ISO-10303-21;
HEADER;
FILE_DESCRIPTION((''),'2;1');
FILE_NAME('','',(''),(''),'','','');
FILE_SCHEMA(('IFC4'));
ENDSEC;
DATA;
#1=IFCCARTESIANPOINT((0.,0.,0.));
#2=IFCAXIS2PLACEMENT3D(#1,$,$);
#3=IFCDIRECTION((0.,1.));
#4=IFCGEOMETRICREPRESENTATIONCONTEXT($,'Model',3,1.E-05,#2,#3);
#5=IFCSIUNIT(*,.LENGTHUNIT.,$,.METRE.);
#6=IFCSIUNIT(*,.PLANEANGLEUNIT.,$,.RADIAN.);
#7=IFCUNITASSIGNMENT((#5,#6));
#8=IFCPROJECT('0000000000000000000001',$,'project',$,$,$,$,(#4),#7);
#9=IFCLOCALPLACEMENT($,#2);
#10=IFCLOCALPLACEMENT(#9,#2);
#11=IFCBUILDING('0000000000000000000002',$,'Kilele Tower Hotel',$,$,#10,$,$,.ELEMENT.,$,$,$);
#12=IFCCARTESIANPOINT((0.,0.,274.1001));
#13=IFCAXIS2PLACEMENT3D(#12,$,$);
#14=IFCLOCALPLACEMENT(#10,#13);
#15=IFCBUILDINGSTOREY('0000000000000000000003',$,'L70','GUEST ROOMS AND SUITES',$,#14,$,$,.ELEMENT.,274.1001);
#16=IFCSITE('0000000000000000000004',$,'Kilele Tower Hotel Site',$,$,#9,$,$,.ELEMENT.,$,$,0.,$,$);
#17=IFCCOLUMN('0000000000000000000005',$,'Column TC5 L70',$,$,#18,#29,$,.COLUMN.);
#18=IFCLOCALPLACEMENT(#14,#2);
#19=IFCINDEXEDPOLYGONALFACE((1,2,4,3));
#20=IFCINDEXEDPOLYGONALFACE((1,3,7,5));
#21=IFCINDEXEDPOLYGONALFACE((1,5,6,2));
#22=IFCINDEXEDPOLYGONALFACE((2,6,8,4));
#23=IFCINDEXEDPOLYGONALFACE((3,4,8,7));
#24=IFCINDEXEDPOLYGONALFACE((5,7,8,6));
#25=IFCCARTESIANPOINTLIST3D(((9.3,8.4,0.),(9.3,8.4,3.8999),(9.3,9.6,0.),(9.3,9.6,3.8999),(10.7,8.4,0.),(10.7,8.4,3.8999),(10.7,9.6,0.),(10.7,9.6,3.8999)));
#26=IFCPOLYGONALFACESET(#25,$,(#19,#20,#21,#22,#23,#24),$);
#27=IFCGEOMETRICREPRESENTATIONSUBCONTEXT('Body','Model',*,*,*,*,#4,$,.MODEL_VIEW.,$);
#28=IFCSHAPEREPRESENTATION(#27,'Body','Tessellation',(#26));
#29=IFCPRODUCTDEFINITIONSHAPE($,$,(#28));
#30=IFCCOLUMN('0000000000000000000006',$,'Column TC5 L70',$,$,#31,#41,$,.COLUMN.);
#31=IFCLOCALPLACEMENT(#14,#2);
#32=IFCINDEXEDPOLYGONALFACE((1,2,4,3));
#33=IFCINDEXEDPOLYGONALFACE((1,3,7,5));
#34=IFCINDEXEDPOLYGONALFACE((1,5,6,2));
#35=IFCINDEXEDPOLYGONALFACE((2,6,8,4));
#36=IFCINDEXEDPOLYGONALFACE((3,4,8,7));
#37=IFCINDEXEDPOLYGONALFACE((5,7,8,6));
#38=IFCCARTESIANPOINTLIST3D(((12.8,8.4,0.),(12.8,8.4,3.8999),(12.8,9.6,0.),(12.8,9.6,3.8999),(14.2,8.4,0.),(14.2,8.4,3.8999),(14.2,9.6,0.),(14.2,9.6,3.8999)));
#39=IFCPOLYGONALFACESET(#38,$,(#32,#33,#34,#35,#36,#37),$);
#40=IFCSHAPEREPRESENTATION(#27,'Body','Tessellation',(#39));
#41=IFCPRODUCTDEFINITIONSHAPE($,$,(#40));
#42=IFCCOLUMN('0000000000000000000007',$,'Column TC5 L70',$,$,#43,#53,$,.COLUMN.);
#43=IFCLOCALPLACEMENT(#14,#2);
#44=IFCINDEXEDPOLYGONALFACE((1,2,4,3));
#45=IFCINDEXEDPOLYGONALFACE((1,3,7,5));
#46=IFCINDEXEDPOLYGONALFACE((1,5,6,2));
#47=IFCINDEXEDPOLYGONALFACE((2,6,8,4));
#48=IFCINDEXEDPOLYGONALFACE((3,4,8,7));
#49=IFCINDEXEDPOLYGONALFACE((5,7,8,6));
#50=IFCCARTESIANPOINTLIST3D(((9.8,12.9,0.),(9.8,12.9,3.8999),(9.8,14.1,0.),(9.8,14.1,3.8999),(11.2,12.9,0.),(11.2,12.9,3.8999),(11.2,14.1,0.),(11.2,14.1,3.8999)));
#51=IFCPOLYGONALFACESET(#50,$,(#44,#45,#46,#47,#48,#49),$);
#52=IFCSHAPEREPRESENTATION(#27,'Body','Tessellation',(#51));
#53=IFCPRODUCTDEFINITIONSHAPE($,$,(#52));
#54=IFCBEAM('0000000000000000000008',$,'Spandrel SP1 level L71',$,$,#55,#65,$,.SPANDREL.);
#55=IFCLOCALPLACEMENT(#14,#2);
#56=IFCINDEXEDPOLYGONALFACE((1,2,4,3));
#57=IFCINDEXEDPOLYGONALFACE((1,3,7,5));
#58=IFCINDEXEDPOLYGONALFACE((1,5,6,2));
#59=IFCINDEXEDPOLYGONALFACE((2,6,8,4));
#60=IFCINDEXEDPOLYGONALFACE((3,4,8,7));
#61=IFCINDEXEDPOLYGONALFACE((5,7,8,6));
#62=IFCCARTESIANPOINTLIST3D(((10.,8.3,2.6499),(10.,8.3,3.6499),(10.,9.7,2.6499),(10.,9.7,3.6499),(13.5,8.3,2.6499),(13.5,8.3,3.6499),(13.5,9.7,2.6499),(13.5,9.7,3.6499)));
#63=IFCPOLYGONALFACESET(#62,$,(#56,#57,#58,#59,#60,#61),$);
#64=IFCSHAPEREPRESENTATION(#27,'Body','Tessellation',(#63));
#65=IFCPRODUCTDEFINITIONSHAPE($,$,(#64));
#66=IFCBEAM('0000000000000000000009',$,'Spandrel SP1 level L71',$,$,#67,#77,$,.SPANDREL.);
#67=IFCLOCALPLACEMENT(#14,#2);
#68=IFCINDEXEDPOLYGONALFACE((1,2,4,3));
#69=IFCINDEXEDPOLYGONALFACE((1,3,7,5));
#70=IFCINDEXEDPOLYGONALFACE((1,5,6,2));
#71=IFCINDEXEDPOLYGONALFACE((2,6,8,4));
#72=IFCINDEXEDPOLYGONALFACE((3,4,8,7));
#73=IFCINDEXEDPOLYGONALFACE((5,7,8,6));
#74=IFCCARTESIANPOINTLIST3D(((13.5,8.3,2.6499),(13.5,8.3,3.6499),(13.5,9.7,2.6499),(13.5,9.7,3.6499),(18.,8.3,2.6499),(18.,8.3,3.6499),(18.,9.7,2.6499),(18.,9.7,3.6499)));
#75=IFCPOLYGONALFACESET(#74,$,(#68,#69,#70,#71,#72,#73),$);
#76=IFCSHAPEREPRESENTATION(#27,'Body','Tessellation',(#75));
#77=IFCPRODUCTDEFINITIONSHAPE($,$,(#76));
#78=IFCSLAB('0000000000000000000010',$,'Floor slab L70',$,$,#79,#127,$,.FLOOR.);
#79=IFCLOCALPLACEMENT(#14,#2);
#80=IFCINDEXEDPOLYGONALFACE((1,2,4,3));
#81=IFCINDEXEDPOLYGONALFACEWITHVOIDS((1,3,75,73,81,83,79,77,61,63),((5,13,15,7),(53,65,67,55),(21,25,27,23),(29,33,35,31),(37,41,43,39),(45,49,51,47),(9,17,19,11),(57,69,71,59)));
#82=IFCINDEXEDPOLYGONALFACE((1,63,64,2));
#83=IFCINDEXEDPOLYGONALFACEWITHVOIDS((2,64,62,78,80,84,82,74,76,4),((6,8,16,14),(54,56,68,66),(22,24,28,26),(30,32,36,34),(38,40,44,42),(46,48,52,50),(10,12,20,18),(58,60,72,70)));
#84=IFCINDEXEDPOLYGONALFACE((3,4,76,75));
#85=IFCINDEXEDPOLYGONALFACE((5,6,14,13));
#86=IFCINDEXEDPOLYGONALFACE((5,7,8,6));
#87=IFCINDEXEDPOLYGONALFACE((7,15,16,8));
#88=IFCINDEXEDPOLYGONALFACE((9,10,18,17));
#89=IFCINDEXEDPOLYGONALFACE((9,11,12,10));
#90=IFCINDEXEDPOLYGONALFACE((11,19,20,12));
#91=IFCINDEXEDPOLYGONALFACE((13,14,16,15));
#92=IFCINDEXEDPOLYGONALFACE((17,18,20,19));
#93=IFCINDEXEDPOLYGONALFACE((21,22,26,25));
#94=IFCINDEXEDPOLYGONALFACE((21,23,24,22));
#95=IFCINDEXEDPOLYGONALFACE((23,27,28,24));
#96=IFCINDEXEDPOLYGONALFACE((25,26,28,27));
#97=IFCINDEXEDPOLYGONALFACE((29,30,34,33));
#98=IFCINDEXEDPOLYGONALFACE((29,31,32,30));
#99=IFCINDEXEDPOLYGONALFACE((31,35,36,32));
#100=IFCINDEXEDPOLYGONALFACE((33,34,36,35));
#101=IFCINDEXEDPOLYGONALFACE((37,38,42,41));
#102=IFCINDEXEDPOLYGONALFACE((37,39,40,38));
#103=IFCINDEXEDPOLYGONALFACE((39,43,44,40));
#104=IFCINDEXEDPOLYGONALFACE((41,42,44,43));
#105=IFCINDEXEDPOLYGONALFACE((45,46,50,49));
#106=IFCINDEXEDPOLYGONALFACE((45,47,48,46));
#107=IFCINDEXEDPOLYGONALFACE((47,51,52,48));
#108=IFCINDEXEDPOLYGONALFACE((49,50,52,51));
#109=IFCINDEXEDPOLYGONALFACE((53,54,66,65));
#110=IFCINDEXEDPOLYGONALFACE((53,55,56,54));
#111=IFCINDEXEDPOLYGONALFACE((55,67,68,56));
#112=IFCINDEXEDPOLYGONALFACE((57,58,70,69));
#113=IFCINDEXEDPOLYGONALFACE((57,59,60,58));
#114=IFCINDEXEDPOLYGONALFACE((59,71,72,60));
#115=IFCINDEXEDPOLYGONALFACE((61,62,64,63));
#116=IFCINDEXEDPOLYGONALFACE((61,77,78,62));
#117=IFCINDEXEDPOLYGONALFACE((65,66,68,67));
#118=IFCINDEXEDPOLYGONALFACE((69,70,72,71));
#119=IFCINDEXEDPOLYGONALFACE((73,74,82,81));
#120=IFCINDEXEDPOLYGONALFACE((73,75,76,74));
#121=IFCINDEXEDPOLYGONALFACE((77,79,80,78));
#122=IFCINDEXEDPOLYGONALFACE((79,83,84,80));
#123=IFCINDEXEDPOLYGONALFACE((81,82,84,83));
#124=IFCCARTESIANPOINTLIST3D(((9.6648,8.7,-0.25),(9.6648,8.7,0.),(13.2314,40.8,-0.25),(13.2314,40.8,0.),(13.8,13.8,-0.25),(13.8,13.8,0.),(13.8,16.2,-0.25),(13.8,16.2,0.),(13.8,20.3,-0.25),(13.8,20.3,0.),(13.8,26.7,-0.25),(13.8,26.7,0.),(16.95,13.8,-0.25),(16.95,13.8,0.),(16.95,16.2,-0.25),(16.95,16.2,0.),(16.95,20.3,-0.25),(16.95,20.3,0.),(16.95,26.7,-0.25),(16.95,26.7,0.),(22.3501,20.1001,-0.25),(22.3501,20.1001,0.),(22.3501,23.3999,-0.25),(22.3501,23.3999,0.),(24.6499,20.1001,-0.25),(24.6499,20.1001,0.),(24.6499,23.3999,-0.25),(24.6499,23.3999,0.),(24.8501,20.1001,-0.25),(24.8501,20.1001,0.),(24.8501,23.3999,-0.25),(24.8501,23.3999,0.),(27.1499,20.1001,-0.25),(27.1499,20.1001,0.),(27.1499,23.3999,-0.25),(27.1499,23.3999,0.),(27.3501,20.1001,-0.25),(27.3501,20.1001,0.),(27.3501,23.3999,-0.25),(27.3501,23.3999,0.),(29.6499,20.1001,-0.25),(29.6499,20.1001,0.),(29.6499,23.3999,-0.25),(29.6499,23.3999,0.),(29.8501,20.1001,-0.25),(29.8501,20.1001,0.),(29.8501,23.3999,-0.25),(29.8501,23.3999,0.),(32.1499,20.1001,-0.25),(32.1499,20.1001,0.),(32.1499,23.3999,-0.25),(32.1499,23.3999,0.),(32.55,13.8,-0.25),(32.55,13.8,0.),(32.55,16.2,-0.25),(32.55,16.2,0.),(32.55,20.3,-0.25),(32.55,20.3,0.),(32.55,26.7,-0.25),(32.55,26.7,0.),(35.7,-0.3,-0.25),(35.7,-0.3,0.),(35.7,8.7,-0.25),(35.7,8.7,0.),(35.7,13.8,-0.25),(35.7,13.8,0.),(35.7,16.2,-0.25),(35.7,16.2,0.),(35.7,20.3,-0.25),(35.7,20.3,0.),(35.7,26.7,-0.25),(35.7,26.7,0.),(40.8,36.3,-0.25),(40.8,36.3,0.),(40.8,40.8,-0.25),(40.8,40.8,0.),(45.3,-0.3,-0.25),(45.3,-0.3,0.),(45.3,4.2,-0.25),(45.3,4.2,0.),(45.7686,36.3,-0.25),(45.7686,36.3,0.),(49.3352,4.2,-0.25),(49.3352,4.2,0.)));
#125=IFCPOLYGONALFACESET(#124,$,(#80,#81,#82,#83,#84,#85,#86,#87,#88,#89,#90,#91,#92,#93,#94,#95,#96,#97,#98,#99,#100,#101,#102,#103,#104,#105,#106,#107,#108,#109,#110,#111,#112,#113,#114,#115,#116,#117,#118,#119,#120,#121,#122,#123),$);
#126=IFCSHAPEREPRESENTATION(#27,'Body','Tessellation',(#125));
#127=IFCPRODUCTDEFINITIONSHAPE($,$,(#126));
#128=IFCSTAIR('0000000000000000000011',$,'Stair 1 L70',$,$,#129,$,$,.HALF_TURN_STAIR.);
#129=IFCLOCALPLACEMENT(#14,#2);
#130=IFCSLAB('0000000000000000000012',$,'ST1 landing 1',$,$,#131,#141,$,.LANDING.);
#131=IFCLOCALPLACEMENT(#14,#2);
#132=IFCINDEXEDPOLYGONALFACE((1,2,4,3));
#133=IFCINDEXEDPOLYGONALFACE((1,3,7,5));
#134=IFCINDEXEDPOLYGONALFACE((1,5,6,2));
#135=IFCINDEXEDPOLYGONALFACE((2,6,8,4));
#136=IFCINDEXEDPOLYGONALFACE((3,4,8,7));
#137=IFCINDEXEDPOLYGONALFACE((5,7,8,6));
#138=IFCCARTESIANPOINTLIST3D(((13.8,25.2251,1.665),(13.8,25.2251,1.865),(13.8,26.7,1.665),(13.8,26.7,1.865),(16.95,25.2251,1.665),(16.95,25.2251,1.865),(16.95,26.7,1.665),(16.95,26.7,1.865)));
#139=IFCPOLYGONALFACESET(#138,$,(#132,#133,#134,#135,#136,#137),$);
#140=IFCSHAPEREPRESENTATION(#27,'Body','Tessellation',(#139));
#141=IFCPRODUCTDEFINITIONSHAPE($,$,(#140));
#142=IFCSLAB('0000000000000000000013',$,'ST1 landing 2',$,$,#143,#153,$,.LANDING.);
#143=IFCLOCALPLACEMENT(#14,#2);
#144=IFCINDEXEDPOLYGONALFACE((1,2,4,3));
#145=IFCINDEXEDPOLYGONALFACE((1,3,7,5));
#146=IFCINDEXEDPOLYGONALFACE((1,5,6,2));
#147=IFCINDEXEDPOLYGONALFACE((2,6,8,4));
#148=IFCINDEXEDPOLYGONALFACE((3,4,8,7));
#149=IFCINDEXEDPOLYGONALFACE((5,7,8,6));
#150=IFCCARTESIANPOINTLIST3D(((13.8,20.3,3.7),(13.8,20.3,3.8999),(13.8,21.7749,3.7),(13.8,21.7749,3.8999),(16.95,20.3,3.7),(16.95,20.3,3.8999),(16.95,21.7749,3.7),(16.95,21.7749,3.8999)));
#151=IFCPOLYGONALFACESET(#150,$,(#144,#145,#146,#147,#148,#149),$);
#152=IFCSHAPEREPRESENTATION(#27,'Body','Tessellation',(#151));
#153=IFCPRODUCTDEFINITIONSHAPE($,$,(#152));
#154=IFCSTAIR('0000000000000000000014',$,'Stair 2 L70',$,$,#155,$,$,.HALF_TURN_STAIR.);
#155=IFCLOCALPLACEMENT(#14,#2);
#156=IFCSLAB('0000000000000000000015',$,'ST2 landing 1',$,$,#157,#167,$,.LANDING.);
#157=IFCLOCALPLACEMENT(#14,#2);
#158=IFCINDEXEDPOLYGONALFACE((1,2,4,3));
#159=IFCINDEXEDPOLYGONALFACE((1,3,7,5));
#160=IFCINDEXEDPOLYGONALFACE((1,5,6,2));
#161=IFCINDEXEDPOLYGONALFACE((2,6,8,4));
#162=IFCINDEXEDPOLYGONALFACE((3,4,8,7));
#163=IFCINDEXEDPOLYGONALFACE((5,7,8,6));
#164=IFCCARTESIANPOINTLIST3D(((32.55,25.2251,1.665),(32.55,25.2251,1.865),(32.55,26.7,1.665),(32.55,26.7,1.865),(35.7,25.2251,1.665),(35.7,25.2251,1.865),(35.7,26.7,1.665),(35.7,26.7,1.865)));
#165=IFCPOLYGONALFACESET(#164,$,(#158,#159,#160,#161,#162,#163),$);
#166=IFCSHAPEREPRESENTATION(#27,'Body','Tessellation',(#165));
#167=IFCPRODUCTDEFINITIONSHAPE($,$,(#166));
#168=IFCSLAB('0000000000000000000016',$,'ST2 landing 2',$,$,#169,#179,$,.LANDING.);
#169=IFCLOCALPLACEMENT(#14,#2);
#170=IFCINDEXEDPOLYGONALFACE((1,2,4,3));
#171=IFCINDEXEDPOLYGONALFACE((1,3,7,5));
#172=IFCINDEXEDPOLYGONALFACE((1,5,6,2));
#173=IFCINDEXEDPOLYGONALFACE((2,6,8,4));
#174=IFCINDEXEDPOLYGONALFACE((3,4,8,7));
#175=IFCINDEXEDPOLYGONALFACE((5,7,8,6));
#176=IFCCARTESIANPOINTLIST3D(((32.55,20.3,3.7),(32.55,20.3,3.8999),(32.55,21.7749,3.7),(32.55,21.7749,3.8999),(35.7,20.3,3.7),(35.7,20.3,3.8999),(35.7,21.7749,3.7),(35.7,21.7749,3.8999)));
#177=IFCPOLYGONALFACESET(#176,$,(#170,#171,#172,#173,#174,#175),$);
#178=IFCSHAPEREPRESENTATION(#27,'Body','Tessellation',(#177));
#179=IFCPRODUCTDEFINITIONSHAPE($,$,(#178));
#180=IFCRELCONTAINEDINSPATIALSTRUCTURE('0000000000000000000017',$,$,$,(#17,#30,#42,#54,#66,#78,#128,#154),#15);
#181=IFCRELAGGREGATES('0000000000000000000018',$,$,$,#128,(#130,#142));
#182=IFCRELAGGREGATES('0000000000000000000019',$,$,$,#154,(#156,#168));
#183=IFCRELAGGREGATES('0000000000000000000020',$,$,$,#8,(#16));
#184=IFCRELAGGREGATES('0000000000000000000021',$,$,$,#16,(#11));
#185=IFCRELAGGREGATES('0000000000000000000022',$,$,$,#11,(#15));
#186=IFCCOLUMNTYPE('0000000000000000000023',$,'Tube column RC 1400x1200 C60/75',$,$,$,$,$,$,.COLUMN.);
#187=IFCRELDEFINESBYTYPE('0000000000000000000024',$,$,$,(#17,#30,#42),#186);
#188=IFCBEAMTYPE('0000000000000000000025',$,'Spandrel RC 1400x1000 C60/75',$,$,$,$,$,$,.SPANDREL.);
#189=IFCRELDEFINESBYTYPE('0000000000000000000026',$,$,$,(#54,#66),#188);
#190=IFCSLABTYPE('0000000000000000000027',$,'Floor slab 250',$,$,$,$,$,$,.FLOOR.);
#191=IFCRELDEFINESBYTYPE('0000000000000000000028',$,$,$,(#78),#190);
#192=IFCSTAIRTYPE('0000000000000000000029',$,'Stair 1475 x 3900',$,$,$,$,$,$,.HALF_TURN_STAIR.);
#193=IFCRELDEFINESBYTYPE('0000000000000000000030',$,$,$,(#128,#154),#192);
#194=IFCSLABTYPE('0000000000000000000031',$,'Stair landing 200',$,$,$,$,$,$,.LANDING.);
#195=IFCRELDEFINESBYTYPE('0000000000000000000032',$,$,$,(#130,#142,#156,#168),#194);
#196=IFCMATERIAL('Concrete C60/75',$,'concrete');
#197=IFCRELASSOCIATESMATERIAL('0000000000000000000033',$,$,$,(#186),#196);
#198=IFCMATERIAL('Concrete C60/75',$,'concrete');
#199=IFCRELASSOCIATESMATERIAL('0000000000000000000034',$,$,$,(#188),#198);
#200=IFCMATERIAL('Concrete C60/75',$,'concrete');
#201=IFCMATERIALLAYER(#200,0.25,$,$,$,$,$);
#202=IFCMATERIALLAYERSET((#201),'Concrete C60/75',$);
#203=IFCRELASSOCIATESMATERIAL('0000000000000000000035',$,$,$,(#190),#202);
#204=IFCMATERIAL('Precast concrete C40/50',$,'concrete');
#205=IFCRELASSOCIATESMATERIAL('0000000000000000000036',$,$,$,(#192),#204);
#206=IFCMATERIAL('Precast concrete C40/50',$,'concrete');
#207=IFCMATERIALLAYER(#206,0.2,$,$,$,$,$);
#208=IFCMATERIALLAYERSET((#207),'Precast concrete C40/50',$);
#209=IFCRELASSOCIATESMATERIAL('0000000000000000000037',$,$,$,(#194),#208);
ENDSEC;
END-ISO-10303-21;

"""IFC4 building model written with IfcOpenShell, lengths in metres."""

from ifc_helpers import new_model, si_unit, direction, frame, origin, origin_2d, place, context, subcontext, project, spatial, polyline, rectangle, outline, extrude, material, layer, layer_set, material_profile, profile_set, type_object, element, aggregate, save


model = new_model("IFC4")

# Units and contexts
model_context = context("Model", 3, precision=1e-05, world=origin(), true_north=direction((0.0, 1.0)))
body_context = subcontext(model_context, "Body", "Model", "MODEL_VIEW")
ifc_project = project(units=[si_unit("LENGTHUNIT", "METRE"), si_unit("PLANEANGLEUNIT", "RADIAN")], contexts=[model_context])

# Site, building, storey
site_placement = place(None, origin())
site = spatial("IfcSite", under=ifc_project, at=site_placement, Name="Kilele Tower Hotel Site", CompositionType="ELEMENT", RefElevation=0.0)
building_placement = place(site_placement, origin())
building = spatial("IfcBuilding", under=site, at=building_placement, Name="Kilele Tower Hotel", CompositionType="ELEMENT")
storey_placement = place(building_placement, frame((0.0, 0.0, 274.1001)))
storey = spatial("IfcBuildingStorey", under=building, at=storey_placement, Name="L70", Description="GUEST ROOMS AND SUITES", CompositionType="ELEMENT", Elevation=274.1001)

# Columns
ifc_material_1 = material(Name="Concrete C60/75", Category="concrete")
ifc_material_profile_1 = material_profile(ifc_material_1, rectangle(XDim=1.3999, YDim=1.2, at=origin_2d()))
ifc_profile_set_1 = profile_set([ifc_material_profile_1], Name="Concrete C60/75")
column_type = type_object("IfcColumnType", Name="Tube column RC 1400x1200 C60/75", PredefinedType="COLUMN", material=ifc_profile_set_1)
for number, where, z_axis, x_axis, name in (
    (1, (10.0, 9.0, 0.0), (0.0, 0.0, 1.0), (1.0, 0.0, 0.0), "Column TC5 L70"),
    (2, (13.5, 9.0, 0.0), (0.0, 0.0, 1.0), (1.0, 0.0, 0.0), "Column TC5 L70"),
    (3, (10.5, 13.5, 0.0), (0.0, 0.0, 1.0), (1.0, 0.0, 0.0), "Column TC5 L70"),
):
    element("IfcColumn", number, at=place(storey_placement, frame(where, z_axis=z_axis, x_axis=x_axis)), inside=storey, type_object=column_type, Name=name, PredefinedType="COLUMN", context=body_context, shape_type="SweptSolid", body=[
        extrude(rectangle(XDim=1.3999, YDim=1.2, at=origin_2d()), origin(), (0.0, 0.0, 1.0), 3.8999),
    ])

# Beams
ifc_material_2 = material(Name="Concrete C60/75", Category="concrete")
ifc_material_profile_2 = material_profile(ifc_material_2, rectangle(XDim=1.3999, YDim=1.0, at=origin_2d()))
ifc_profile_set_2 = profile_set([ifc_material_profile_2], Name="Concrete C60/75")
beam_type = type_object("IfcBeamType", Name="Spandrel RC 1400x1000 C60/75", PredefinedType="SPANDREL", material=ifc_profile_set_2)
beam_1_placement = place(storey_placement, frame((10.0, 9.0, 3.1499), z_axis=(1.0, 0.0, 0.0), x_axis=(0.0, 1.0, 0.0)))
element("IfcBeam", 4, at=beam_1_placement, inside=storey, type_object=beam_type, Name="Spandrel SP1 level L71", PredefinedType="SPANDREL", context=body_context, shape_type="SweptSolid", body=[
    extrude(rectangle(XDim=1.3999, YDim=1.0, at=origin_2d()), origin(), (0.0, 0.0, 1.0), 3.5),
])
beam_2_placement = place(storey_placement, frame((13.5, 9.0, 3.1499), z_axis=(1.0, 0.0, 0.0), x_axis=(0.0, 1.0, 0.0)))
element("IfcBeam", 5, at=beam_2_placement, inside=storey, type_object=beam_type, Name="Spandrel SP1 level L71", PredefinedType="SPANDREL", context=body_context, shape_type="SweptSolid", body=[
    extrude(rectangle(XDim=1.3999, YDim=1.0, at=origin_2d()), origin(), (0.0, 0.0, 1.0), 4.5),
])

# Slab
ifc_material_3 = material(Name="Concrete C60/75", Category="concrete")
ifc_layer_1 = layer(ifc_material_3, 0.25)
ifc_layer_set_1 = layer_set([ifc_layer_1], Name="Concrete C60/75")
slab_type_1 = type_object("IfcSlabType", Name="Floor slab 250", PredefinedType="FLOOR", material=ifc_layer_set_1)
slab_1_placement = place(storey_placement, frame((0.0, 0.0, -0.25)))
element("IfcSlab", 6, at=slab_1_placement, inside=storey, type_object=slab_type_1, Name="Floor slab L70", PredefinedType="FLOOR", context=body_context, shape_type="SweptSolid", body=[
    extrude(outline(polyline([(40.8, 40.8), (40.8, 36.3), (45.7686, 36.3), (49.3352, 4.2), (45.3, 4.2), (45.3, -0.3), (35.7, -0.3), (35.7, 8.7), (9.6648, 8.7), (13.2314, 40.8), (40.8, 40.8)]), holes=[polyline([(16.95, 16.2), (13.8, 16.2), (13.8, 13.8), (16.95, 13.8), (16.95, 16.2)]), polyline([(35.7, 16.2), (32.55, 16.2), (32.55, 13.8), (35.7, 13.8), (35.7, 16.2)]), polyline([(24.6499, 23.3999), (22.3501, 23.3999), (22.3501, 20.1001), (24.6499, 20.1001), (24.6499, 23.3999)]), polyline([(27.1499, 23.3999), (24.8501, 23.3999), (24.8501, 20.1001), (27.1499, 20.1001), (27.1499, 23.3999)]), polyline([(29.6499, 23.3999), (27.3501, 23.3999), (27.3501, 20.1001), (29.6499, 20.1001), (29.6499, 23.3999)]), polyline([(32.1499, 23.3999), (29.8501, 23.3999), (29.8501, 20.1001), (32.1499, 20.1001), (32.1499, 23.3999)]), polyline([(16.95, 26.7), (13.8, 26.7), (13.8, 20.3), (16.95, 20.3), (16.95, 26.7)]), polyline([(35.7, 26.7), (32.55, 26.7), (32.55, 20.3), (35.7, 20.3), (35.7, 26.7)])]), origin(), (0.0, 0.0, 1.0), 0.25),
])

# Stairs, slabs
ifc_material_4 = material(Name="Precast concrete C40/50", Category="concrete")
stair_type = type_object("IfcStairType", Name="Stair 1475 x 3900", PredefinedType="HALF_TURN_STAIR", material=ifc_material_4)
stair_1_placement = place(storey_placement, origin())
stair_1 = element("IfcStair", 7, at=stair_1_placement, inside=storey, type_object=stair_type, Name="Stair 1 L70", PredefinedType="HALF_TURN_STAIR")
ifc_material_5 = material(Name="Precast concrete C40/50", Category="concrete")
ifc_layer_2 = layer(ifc_material_5, 0.2)
ifc_layer_set_2 = layer_set([ifc_layer_2], Name="Precast concrete C40/50")
slab_type_2 = type_object("IfcSlabType", Name="Stair landing 200", PredefinedType="LANDING", material=ifc_layer_set_2)
slab_2_placement = place(storey_placement, frame((0.0, 0.0, 1.665)))
slab_2 = element("IfcSlab", 8, at=slab_2_placement, type_object=slab_type_2, Name="ST1 landing 1", PredefinedType="LANDING", context=body_context, shape_type="SweptSolid", body=[
    extrude(outline(polyline([(13.8, 25.2251), (16.95, 25.2251), (16.95, 26.7), (13.8, 26.7), (13.8, 25.2251)])), origin(), (0.0, 0.0, 1.0), 0.2),
])
slab_3_placement = place(storey_placement, frame((0.0, 0.0, 3.7)))
slab_3 = element("IfcSlab", 9, at=slab_3_placement, type_object=slab_type_2, Name="ST1 landing 2", PredefinedType="LANDING", context=body_context, shape_type="SweptSolid", body=[
    extrude(outline(polyline([(13.8, 20.3), (16.95, 20.3), (16.95, 21.7749), (13.8, 21.7749), (13.8, 20.3)])), origin(), (0.0, 0.0, 1.0), 0.2),
])
aggregate(stair_1, [slab_2, slab_3])
stair_2_placement = place(storey_placement, origin())
stair_2 = element("IfcStair", 10, at=stair_2_placement, inside=storey, type_object=stair_type, Name="Stair 2 L70", PredefinedType="HALF_TURN_STAIR")
slab_4_placement = place(storey_placement, frame((0.0, 0.0, 1.665)))
slab_4 = element("IfcSlab", 11, at=slab_4_placement, type_object=slab_type_2, Name="ST2 landing 1", PredefinedType="LANDING", context=body_context, shape_type="SweptSolid", body=[
    extrude(outline(polyline([(32.55, 25.2251), (35.7, 25.2251), (35.7, 26.7), (32.55, 26.7), (32.55, 25.2251)])), origin(), (0.0, 0.0, 1.0), 0.2),
])
slab_5_placement = place(storey_placement, frame((0.0, 0.0, 3.7)))
slab_5 = element("IfcSlab", 12, at=slab_5_placement, type_object=slab_type_2, Name="ST2 landing 2", PredefinedType="LANDING", context=body_context, shape_type="SweptSolid", body=[
    extrude(outline(polyline([(32.55, 20.3), (35.7, 20.3), (35.7, 21.7749), (32.55, 21.7749), (32.55, 20.3)])), origin(), (0.0, 0.0, 1.0), 0.2),
])
aggregate(stair_2, [slab_4, slab_5])

save(model, "model.ifc")
